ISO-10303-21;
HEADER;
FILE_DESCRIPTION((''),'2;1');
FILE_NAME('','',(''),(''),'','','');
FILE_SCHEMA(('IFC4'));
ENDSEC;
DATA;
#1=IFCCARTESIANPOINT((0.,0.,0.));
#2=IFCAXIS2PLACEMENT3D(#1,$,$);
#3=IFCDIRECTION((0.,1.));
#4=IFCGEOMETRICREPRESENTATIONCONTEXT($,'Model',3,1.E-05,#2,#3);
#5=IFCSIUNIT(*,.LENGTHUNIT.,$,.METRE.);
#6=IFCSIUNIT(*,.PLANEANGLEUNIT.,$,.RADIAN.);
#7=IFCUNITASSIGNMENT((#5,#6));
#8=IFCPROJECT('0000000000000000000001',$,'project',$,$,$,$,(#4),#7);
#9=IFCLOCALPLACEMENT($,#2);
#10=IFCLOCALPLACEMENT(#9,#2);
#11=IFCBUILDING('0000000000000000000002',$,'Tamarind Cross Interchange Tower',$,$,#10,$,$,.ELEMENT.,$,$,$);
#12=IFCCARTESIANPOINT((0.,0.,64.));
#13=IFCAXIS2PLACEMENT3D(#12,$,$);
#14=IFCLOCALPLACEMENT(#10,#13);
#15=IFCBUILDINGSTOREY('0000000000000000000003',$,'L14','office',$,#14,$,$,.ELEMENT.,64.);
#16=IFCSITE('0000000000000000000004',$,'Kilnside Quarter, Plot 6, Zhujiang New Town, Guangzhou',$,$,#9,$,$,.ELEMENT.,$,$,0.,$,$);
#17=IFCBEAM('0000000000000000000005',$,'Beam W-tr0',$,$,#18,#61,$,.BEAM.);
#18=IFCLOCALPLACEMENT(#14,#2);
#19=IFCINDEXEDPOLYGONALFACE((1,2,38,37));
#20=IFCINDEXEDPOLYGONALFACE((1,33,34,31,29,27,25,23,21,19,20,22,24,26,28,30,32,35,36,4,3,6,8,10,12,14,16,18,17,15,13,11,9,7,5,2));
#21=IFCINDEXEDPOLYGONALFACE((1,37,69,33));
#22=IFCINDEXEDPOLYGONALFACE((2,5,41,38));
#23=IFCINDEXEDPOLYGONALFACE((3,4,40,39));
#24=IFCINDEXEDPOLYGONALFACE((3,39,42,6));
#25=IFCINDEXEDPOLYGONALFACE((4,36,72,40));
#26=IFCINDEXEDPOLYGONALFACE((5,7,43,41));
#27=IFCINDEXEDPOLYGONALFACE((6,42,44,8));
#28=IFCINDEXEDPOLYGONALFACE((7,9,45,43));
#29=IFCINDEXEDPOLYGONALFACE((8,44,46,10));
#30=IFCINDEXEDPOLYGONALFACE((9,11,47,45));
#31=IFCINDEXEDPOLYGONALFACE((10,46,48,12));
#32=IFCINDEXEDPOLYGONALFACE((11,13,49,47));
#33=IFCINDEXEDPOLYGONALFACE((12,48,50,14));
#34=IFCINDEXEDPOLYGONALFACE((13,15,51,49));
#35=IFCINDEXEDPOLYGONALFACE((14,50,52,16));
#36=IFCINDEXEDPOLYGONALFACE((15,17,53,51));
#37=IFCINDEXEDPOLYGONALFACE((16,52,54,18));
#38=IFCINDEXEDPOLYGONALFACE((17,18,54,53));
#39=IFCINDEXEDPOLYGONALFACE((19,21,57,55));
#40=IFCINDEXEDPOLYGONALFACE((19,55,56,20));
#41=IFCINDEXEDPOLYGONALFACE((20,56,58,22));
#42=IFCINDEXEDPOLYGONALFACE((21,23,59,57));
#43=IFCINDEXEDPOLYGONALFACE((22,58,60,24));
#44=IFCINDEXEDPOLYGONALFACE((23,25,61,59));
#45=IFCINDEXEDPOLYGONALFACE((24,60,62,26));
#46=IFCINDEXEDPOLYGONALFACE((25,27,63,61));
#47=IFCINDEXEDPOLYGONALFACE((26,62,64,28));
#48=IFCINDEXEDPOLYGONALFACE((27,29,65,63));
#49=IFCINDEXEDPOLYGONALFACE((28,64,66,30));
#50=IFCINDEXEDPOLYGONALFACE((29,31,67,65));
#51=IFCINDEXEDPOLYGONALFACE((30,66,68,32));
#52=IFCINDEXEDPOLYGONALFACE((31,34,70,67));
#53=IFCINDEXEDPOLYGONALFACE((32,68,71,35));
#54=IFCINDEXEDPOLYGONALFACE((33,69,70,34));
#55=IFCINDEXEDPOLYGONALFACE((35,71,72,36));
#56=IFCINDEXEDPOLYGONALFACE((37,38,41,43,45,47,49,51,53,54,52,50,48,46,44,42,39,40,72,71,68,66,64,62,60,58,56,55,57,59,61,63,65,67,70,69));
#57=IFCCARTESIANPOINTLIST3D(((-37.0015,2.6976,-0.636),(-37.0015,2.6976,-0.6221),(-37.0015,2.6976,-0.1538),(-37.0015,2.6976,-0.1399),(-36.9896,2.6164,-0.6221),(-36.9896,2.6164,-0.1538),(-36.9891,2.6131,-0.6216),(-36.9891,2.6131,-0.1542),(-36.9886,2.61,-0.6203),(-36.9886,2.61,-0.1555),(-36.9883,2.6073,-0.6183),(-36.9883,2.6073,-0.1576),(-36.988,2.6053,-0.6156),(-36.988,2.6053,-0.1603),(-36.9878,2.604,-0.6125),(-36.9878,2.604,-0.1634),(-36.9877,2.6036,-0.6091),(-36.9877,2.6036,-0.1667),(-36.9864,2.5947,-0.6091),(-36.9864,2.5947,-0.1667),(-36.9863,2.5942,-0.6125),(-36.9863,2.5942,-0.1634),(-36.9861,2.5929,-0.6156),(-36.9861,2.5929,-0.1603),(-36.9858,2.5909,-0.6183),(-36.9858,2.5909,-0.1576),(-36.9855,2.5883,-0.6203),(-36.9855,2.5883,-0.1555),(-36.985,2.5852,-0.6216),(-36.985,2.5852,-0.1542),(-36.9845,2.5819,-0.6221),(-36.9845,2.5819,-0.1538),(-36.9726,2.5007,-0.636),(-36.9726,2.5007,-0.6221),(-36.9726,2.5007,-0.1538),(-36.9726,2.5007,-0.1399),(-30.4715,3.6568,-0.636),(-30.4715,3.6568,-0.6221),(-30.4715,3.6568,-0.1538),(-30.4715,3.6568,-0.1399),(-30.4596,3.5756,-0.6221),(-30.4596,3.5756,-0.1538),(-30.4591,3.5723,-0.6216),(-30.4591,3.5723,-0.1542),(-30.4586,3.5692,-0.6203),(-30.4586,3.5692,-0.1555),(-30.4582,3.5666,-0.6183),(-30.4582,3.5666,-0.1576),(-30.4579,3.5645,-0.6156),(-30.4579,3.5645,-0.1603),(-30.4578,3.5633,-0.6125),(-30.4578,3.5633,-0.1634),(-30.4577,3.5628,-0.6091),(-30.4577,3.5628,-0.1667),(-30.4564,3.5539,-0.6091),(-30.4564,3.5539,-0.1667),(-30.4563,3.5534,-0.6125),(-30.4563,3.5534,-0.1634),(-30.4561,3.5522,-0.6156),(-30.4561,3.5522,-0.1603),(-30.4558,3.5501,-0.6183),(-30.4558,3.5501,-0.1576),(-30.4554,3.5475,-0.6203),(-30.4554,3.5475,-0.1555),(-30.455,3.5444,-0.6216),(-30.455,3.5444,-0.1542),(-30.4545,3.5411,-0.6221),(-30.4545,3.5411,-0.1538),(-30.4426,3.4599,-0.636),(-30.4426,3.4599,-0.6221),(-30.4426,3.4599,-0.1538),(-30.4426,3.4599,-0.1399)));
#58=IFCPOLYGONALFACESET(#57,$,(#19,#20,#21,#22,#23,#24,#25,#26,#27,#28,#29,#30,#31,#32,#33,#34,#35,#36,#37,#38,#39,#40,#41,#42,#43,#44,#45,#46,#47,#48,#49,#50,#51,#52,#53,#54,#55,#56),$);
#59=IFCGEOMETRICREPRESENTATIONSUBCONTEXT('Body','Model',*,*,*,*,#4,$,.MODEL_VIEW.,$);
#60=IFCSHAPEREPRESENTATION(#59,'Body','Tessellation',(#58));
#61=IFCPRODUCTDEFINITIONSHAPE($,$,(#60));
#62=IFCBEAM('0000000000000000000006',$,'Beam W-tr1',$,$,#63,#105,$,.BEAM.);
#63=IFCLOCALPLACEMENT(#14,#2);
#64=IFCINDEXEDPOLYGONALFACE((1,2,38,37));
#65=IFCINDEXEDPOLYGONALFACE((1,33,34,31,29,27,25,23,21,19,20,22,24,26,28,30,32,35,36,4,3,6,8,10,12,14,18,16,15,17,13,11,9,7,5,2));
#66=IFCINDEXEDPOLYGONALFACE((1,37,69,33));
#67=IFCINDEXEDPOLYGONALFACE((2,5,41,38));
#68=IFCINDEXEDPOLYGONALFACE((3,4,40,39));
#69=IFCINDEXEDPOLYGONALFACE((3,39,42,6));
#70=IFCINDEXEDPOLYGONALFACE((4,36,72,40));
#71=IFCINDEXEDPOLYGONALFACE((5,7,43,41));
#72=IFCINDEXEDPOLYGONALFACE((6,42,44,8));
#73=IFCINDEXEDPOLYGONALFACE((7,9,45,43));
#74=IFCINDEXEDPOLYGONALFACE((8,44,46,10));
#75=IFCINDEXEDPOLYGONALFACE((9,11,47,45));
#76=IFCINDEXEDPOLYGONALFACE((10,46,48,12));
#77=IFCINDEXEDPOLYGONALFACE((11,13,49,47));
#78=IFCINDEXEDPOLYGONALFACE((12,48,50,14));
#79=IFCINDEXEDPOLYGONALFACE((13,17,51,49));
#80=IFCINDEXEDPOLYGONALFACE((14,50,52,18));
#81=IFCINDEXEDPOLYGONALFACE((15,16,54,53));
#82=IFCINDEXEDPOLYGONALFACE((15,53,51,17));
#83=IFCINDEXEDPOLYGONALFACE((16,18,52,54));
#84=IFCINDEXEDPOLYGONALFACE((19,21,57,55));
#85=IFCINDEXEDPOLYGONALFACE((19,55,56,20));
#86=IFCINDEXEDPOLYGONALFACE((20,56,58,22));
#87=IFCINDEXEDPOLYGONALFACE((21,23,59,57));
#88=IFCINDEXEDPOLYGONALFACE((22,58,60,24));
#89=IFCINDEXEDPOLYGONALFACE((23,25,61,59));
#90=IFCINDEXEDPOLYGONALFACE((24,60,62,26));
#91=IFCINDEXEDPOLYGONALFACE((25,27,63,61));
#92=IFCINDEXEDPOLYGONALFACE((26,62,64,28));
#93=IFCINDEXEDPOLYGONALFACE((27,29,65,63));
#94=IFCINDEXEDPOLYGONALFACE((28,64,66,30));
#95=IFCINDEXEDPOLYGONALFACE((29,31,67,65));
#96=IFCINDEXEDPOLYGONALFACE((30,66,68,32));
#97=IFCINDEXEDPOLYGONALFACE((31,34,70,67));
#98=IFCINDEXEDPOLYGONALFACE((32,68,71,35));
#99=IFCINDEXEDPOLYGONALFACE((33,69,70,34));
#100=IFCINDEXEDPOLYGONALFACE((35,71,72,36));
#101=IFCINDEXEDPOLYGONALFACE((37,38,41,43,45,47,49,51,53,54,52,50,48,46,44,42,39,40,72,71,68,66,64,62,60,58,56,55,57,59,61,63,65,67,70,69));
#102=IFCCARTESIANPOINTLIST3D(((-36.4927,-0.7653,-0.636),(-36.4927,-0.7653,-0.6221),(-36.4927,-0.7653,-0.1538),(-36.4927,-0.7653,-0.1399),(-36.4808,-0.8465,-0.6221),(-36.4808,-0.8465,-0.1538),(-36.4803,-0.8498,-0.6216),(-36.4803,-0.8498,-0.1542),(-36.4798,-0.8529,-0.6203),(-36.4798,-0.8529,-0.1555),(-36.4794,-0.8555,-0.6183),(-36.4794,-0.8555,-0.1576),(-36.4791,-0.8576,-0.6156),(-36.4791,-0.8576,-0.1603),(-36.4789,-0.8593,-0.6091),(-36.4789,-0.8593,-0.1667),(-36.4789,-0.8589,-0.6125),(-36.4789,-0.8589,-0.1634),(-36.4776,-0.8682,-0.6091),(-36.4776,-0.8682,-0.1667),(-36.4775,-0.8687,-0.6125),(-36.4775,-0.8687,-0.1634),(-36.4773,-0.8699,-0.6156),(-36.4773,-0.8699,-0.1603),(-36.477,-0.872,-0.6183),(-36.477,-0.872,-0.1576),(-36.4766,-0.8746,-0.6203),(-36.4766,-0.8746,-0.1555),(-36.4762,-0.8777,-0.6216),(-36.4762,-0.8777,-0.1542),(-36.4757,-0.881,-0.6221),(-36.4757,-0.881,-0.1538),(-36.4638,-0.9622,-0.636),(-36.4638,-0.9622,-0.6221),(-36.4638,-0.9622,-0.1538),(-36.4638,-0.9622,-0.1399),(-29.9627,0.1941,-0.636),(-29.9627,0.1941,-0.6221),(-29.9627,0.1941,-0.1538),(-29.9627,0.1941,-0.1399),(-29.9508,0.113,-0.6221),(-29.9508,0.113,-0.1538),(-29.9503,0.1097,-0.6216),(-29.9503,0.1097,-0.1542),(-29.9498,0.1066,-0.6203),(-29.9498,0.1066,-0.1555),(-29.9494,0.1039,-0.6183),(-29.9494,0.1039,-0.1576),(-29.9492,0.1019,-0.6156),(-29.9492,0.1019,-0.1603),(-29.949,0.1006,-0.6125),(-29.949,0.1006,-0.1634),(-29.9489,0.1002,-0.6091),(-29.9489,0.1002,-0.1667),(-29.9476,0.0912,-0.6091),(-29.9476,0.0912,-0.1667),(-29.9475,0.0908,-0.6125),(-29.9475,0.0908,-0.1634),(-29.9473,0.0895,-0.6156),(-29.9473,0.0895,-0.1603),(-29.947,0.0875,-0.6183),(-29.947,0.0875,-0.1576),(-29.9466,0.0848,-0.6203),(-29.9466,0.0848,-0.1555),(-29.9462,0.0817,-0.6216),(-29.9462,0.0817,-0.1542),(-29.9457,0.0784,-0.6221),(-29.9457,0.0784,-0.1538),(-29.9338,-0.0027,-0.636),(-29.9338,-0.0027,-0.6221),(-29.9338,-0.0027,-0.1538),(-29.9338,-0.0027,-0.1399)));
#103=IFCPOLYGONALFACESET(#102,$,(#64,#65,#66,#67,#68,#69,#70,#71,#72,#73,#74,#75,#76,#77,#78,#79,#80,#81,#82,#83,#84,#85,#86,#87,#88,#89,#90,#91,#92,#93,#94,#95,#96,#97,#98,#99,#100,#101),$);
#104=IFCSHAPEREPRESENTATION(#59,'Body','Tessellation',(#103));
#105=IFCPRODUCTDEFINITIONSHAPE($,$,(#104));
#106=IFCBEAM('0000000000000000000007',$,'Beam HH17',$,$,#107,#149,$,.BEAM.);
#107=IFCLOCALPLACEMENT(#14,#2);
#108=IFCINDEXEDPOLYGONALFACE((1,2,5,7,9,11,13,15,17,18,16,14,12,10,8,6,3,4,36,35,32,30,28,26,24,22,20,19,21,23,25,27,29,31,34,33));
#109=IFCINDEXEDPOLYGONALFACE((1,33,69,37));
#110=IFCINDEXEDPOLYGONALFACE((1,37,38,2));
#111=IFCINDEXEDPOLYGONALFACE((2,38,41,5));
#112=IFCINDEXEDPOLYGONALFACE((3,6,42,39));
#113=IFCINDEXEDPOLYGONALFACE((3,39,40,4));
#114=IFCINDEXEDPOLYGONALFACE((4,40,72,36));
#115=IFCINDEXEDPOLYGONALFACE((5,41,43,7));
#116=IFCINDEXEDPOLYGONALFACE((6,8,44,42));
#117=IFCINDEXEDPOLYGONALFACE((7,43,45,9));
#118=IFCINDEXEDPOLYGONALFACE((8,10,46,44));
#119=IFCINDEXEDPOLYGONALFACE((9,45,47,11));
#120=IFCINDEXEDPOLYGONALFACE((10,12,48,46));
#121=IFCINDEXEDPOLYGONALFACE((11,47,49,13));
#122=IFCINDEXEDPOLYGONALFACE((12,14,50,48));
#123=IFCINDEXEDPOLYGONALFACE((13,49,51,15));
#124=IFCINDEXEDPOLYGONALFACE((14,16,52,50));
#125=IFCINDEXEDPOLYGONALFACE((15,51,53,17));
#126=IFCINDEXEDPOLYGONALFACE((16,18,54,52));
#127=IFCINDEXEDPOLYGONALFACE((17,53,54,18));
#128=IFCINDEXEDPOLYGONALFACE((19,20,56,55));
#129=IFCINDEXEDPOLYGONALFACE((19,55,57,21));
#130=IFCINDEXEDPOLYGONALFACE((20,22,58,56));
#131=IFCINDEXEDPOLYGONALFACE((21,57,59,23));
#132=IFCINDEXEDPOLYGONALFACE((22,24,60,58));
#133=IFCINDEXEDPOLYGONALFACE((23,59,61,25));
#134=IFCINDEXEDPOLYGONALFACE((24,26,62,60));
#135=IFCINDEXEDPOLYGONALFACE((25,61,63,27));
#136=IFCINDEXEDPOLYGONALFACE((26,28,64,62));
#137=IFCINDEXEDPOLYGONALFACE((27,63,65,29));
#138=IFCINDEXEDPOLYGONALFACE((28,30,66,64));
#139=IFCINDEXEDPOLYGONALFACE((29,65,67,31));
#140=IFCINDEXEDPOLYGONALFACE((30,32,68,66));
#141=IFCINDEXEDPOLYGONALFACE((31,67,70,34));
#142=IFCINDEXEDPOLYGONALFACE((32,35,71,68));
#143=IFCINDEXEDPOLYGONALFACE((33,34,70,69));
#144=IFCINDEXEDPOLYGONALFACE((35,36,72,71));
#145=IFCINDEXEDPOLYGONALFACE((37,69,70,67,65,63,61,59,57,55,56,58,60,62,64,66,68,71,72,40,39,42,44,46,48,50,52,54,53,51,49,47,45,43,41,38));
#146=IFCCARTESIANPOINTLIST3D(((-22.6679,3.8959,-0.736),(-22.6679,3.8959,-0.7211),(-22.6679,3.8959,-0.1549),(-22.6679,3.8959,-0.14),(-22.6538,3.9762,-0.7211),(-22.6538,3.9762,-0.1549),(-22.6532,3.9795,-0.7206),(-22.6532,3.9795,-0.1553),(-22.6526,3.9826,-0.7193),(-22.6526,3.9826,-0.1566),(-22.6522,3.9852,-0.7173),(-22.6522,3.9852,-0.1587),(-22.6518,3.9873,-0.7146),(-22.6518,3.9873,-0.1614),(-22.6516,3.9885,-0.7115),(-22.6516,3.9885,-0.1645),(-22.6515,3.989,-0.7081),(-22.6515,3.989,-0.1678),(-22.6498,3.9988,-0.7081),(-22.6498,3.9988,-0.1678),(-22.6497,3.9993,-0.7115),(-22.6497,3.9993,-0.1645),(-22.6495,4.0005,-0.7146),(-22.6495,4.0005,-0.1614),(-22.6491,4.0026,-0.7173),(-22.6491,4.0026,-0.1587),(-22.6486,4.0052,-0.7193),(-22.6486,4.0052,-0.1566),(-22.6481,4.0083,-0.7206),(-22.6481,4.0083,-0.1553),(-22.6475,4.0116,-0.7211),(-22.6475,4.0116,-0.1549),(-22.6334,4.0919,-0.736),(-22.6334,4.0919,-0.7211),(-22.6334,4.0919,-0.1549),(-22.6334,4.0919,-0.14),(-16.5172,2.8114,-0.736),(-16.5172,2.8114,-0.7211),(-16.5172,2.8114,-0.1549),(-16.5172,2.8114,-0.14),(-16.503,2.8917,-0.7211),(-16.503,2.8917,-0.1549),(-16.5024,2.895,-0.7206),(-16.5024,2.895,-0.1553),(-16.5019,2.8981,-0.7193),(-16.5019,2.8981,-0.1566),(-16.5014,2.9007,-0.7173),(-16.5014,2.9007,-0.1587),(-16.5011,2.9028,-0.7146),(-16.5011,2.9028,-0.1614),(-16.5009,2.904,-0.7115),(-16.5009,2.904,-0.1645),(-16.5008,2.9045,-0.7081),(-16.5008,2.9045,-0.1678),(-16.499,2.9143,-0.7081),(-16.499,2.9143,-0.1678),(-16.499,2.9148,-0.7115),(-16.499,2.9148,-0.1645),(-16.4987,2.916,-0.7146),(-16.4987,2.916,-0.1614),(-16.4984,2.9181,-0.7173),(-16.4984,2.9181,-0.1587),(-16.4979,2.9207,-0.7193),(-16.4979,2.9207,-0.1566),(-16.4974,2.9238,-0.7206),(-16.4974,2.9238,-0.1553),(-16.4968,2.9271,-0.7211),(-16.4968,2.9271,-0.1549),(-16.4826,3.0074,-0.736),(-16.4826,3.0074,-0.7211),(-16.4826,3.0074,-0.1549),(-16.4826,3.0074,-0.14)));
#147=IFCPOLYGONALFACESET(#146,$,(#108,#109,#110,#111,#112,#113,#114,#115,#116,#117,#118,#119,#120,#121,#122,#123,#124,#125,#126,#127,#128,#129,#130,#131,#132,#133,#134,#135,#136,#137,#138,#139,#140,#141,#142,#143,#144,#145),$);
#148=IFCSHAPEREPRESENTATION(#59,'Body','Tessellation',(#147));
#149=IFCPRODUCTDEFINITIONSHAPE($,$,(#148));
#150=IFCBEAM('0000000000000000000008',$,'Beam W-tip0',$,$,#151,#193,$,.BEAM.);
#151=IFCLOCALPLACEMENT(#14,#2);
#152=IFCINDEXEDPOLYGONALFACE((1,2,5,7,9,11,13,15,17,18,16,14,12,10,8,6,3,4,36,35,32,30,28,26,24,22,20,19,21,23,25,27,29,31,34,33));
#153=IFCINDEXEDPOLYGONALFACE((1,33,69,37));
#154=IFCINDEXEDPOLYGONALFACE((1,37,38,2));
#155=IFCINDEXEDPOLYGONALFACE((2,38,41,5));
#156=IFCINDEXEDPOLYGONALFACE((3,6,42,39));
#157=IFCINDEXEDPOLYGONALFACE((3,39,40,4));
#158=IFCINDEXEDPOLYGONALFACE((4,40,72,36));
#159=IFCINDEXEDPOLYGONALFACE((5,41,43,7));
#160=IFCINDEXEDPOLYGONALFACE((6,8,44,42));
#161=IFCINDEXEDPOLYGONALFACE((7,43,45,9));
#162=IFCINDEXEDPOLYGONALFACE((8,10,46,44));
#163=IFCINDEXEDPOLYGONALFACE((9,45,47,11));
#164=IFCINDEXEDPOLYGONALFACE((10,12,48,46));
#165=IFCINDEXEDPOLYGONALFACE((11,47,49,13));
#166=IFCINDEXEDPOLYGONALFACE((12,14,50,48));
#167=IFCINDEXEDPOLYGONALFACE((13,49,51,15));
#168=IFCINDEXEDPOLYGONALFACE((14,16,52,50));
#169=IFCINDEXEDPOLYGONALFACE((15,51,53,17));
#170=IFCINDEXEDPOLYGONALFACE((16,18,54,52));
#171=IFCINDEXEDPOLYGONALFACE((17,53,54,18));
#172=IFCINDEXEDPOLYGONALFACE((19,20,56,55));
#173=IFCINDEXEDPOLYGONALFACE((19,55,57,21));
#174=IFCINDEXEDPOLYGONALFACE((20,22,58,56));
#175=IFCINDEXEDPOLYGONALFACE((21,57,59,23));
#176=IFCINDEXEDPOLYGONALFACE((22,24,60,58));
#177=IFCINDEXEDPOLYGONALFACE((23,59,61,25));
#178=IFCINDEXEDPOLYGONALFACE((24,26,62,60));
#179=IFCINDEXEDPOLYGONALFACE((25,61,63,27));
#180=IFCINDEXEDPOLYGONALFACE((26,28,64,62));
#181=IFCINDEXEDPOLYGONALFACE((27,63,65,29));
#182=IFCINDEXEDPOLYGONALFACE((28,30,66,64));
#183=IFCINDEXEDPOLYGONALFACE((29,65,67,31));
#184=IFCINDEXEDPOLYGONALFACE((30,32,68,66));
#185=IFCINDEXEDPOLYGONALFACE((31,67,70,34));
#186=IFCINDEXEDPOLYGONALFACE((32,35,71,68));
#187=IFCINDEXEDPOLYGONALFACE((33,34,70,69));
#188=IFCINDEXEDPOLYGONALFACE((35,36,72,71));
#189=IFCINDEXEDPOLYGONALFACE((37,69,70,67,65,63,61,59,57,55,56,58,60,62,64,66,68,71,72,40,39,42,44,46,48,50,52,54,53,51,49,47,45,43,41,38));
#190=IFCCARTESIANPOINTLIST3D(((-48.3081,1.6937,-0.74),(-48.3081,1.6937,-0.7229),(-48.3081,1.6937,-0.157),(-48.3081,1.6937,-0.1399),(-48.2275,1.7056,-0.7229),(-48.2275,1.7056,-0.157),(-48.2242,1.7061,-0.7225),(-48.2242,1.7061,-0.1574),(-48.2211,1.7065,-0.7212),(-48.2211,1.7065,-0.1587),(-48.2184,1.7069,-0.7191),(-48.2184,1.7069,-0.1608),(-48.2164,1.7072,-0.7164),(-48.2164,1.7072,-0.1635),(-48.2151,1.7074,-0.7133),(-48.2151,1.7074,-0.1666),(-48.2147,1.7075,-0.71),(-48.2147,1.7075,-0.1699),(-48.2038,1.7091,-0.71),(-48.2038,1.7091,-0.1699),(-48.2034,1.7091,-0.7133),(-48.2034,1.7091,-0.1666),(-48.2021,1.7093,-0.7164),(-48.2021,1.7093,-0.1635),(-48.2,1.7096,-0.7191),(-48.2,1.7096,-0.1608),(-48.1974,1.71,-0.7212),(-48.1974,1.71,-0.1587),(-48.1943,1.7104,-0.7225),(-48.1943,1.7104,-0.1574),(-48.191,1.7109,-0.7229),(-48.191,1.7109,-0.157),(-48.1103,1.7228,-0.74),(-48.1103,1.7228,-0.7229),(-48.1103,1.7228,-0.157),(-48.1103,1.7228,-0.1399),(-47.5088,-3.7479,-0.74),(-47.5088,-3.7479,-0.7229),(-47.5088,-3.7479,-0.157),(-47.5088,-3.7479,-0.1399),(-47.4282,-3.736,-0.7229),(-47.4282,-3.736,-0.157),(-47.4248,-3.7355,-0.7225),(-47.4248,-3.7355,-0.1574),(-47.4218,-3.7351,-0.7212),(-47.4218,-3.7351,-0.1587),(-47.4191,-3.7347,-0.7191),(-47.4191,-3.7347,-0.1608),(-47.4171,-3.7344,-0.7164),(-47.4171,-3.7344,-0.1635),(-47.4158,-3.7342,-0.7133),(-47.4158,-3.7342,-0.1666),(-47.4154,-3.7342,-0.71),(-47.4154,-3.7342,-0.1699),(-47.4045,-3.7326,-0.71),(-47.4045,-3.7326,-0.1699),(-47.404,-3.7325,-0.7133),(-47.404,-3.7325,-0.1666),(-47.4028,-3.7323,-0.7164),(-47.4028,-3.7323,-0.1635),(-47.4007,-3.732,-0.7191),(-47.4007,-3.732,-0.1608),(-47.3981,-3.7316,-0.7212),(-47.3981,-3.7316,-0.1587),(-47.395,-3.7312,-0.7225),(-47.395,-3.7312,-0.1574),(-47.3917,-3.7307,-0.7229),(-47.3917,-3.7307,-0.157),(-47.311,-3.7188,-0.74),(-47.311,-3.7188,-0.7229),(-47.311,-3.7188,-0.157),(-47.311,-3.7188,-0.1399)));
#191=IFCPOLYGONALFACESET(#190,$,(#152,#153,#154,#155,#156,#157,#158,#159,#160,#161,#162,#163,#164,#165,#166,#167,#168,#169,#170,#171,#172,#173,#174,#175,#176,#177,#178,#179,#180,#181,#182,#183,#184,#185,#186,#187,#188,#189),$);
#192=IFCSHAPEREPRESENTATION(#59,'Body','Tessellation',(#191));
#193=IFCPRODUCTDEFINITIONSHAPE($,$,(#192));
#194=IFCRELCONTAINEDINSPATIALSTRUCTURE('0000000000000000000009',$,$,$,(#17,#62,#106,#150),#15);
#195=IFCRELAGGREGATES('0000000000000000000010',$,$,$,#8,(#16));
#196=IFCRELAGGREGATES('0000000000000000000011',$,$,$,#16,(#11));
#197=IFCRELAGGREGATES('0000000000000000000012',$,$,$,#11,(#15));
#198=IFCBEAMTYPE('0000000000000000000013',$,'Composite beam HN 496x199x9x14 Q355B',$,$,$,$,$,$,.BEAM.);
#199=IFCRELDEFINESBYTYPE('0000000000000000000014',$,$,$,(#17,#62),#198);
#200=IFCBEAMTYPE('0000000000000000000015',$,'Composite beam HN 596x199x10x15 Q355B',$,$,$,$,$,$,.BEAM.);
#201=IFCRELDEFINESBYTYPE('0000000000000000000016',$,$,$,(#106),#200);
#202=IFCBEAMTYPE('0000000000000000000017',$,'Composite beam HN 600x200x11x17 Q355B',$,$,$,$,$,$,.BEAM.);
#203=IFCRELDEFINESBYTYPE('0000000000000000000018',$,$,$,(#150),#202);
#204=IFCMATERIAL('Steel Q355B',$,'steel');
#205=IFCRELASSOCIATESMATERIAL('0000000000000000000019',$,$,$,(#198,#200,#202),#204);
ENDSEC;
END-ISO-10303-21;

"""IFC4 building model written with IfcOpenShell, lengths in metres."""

from ifc_helpers import new_model, si_unit, direction, frame, origin, origin_2d, place, context, subcontext, project, spatial, i_section, extrude, material, material_profile, profile_set, type_object, element, save


model = new_model("IFC4")

# Units and contexts
model_context = context("Model", 3, precision=1e-05, world=origin(), true_north=direction((0.0, 1.0)))
body_context = subcontext(model_context, "Body", "Model", "MODEL_VIEW")
ifc_project = project(units=[si_unit("LENGTHUNIT", "METRE"), si_unit("PLANEANGLEUNIT", "RADIAN")], contexts=[model_context])

# Site, building, storey
site_placement = place(None, origin())
site = spatial("IfcSite", under=ifc_project, at=site_placement, Name="Kilnside Quarter, Plot 6, Zhujiang New Town, Guangzhou", CompositionType="ELEMENT", RefElevation=0.0)
building_placement = place(site_placement, origin())
building = spatial("IfcBuilding", under=site, at=building_placement, Name="Tamarind Cross Interchange Tower", CompositionType="ELEMENT")
storey_placement = place(building_placement, frame((0.0, 0.0, 64.0)))
storey = spatial("IfcBuildingStorey", under=building, at=storey_placement, Name="L14", Description="office", CompositionType="ELEMENT", Elevation=64.0)

# Beams
ifc_material_1 = material(Name="Steel Q355B", Category="steel")
ifc_material_profile_1 = material_profile(ifc_material_1, i_section(OverallWidth=0.199, OverallDepth=0.4961, WebThickness=0.009, FlangeThickness=0.0139, FilletRadius=0.0129, at=origin_2d()), Name="HN 496x199x9x14")
ifc_profile_set_1 = profile_set([ifc_material_profile_1], Name="Steel Q355B")
beam_type_1 = type_object("IfcBeamType", Name="Composite beam HN 496x199x9x14 Q355B", PredefinedType="BEAM", material=ifc_profile_set_1)
for number, where, z_axis, x_axis, name in (
    (1, (-30.457, 3.5583, -0.3879), (-0.989382, -0.145335, 0.0), (0.145335, -0.989382, 0.0), "Beam W-tr0"),
    (2, (-29.9482, 0.0957, -0.3879), (-0.989377, -0.145372, 0.0), (0.145372, -0.989377, 0.0), "Beam W-tr1"),
):
    element("IfcBeam", number, at=place(storey_placement, frame(where, z_axis=z_axis, x_axis=x_axis)), inside=storey, type_object=beam_type_1, Name=name, PredefinedType="BEAM", context=body_context, shape_type="SweptSolid", body=[
        extrude(i_section(OverallWidth=0.199, OverallDepth=0.4961, WebThickness=0.009, FlangeThickness=0.0139, FilletRadius=0.0129, at=origin_2d()), origin(), (0.0, 0.0, 1.0), 6.6001),
    ])
ifc_material_profile_2 = material_profile(ifc_material_1, i_section(OverallWidth=0.199, OverallDepth=0.5959, WebThickness=0.01, FlangeThickness=0.0149, FilletRadius=0.0129, at=origin_2d()), Name="HN 596x199x10x15")
ifc_profile_set_2 = profile_set([ifc_material_profile_2], Name="Steel Q355B")
beam_type_2 = type_object("IfcBeamType", Name="Composite beam HN 596x199x10x15 Q355B", PredefinedType="BEAM", material=ifc_profile_set_2)
beam_1_placement = place(storey_placement, frame((-22.6506, 3.9939, -0.438), z_axis=(0.984809, -0.17364, 0.0), x_axis=(0.17364, 0.984809, 0.0)))
element("IfcBeam", 3, at=beam_1_placement, inside=storey, type_object=beam_type_2, Name="Beam HH17", PredefinedType="BEAM", context=body_context, shape_type="SweptSolid", body=[
    extrude(i_section(OverallWidth=0.199, OverallDepth=0.5959, WebThickness=0.01, FlangeThickness=0.0149, FilletRadius=0.0129, at=origin_2d()), origin(), (0.0, 0.0, 1.0), 6.2456),
])
ifc_material_profile_3 = material_profile(ifc_material_1, i_section(OverallWidth=0.2, OverallDepth=0.6001, WebThickness=0.011, FlangeThickness=0.0171, FilletRadius=0.0129, at=origin_2d()), Name="HN 600x200x11x17")
ifc_profile_set_3 = profile_set([ifc_material_profile_3], Name="Steel Q355B")
beam_type_3 = type_object("IfcBeamType", Name="Composite beam HN 600x200x11x17 Q355B", PredefinedType="BEAM", material=ifc_profile_set_3)
beam_2_placement = place(storey_placement, frame((-48.2092, 1.7083, -0.4399), z_axis=(0.145329, -0.989383, 0.0), x_axis=(0.989383, 0.145329, 0.0)))
element("IfcBeam", 4, at=beam_2_placement, inside=storey, type_object=beam_type_3, Name="Beam W-tip0", PredefinedType="BEAM", context=body_context, shape_type="SweptSolid", body=[
    extrude(i_section(OverallWidth=0.2, OverallDepth=0.6001, WebThickness=0.011, FlangeThickness=0.0171, FilletRadius=0.0129, at=origin_2d()), origin(), (0.0, 0.0, 1.0), 5.5),
])

save(model, "model.ifc")
